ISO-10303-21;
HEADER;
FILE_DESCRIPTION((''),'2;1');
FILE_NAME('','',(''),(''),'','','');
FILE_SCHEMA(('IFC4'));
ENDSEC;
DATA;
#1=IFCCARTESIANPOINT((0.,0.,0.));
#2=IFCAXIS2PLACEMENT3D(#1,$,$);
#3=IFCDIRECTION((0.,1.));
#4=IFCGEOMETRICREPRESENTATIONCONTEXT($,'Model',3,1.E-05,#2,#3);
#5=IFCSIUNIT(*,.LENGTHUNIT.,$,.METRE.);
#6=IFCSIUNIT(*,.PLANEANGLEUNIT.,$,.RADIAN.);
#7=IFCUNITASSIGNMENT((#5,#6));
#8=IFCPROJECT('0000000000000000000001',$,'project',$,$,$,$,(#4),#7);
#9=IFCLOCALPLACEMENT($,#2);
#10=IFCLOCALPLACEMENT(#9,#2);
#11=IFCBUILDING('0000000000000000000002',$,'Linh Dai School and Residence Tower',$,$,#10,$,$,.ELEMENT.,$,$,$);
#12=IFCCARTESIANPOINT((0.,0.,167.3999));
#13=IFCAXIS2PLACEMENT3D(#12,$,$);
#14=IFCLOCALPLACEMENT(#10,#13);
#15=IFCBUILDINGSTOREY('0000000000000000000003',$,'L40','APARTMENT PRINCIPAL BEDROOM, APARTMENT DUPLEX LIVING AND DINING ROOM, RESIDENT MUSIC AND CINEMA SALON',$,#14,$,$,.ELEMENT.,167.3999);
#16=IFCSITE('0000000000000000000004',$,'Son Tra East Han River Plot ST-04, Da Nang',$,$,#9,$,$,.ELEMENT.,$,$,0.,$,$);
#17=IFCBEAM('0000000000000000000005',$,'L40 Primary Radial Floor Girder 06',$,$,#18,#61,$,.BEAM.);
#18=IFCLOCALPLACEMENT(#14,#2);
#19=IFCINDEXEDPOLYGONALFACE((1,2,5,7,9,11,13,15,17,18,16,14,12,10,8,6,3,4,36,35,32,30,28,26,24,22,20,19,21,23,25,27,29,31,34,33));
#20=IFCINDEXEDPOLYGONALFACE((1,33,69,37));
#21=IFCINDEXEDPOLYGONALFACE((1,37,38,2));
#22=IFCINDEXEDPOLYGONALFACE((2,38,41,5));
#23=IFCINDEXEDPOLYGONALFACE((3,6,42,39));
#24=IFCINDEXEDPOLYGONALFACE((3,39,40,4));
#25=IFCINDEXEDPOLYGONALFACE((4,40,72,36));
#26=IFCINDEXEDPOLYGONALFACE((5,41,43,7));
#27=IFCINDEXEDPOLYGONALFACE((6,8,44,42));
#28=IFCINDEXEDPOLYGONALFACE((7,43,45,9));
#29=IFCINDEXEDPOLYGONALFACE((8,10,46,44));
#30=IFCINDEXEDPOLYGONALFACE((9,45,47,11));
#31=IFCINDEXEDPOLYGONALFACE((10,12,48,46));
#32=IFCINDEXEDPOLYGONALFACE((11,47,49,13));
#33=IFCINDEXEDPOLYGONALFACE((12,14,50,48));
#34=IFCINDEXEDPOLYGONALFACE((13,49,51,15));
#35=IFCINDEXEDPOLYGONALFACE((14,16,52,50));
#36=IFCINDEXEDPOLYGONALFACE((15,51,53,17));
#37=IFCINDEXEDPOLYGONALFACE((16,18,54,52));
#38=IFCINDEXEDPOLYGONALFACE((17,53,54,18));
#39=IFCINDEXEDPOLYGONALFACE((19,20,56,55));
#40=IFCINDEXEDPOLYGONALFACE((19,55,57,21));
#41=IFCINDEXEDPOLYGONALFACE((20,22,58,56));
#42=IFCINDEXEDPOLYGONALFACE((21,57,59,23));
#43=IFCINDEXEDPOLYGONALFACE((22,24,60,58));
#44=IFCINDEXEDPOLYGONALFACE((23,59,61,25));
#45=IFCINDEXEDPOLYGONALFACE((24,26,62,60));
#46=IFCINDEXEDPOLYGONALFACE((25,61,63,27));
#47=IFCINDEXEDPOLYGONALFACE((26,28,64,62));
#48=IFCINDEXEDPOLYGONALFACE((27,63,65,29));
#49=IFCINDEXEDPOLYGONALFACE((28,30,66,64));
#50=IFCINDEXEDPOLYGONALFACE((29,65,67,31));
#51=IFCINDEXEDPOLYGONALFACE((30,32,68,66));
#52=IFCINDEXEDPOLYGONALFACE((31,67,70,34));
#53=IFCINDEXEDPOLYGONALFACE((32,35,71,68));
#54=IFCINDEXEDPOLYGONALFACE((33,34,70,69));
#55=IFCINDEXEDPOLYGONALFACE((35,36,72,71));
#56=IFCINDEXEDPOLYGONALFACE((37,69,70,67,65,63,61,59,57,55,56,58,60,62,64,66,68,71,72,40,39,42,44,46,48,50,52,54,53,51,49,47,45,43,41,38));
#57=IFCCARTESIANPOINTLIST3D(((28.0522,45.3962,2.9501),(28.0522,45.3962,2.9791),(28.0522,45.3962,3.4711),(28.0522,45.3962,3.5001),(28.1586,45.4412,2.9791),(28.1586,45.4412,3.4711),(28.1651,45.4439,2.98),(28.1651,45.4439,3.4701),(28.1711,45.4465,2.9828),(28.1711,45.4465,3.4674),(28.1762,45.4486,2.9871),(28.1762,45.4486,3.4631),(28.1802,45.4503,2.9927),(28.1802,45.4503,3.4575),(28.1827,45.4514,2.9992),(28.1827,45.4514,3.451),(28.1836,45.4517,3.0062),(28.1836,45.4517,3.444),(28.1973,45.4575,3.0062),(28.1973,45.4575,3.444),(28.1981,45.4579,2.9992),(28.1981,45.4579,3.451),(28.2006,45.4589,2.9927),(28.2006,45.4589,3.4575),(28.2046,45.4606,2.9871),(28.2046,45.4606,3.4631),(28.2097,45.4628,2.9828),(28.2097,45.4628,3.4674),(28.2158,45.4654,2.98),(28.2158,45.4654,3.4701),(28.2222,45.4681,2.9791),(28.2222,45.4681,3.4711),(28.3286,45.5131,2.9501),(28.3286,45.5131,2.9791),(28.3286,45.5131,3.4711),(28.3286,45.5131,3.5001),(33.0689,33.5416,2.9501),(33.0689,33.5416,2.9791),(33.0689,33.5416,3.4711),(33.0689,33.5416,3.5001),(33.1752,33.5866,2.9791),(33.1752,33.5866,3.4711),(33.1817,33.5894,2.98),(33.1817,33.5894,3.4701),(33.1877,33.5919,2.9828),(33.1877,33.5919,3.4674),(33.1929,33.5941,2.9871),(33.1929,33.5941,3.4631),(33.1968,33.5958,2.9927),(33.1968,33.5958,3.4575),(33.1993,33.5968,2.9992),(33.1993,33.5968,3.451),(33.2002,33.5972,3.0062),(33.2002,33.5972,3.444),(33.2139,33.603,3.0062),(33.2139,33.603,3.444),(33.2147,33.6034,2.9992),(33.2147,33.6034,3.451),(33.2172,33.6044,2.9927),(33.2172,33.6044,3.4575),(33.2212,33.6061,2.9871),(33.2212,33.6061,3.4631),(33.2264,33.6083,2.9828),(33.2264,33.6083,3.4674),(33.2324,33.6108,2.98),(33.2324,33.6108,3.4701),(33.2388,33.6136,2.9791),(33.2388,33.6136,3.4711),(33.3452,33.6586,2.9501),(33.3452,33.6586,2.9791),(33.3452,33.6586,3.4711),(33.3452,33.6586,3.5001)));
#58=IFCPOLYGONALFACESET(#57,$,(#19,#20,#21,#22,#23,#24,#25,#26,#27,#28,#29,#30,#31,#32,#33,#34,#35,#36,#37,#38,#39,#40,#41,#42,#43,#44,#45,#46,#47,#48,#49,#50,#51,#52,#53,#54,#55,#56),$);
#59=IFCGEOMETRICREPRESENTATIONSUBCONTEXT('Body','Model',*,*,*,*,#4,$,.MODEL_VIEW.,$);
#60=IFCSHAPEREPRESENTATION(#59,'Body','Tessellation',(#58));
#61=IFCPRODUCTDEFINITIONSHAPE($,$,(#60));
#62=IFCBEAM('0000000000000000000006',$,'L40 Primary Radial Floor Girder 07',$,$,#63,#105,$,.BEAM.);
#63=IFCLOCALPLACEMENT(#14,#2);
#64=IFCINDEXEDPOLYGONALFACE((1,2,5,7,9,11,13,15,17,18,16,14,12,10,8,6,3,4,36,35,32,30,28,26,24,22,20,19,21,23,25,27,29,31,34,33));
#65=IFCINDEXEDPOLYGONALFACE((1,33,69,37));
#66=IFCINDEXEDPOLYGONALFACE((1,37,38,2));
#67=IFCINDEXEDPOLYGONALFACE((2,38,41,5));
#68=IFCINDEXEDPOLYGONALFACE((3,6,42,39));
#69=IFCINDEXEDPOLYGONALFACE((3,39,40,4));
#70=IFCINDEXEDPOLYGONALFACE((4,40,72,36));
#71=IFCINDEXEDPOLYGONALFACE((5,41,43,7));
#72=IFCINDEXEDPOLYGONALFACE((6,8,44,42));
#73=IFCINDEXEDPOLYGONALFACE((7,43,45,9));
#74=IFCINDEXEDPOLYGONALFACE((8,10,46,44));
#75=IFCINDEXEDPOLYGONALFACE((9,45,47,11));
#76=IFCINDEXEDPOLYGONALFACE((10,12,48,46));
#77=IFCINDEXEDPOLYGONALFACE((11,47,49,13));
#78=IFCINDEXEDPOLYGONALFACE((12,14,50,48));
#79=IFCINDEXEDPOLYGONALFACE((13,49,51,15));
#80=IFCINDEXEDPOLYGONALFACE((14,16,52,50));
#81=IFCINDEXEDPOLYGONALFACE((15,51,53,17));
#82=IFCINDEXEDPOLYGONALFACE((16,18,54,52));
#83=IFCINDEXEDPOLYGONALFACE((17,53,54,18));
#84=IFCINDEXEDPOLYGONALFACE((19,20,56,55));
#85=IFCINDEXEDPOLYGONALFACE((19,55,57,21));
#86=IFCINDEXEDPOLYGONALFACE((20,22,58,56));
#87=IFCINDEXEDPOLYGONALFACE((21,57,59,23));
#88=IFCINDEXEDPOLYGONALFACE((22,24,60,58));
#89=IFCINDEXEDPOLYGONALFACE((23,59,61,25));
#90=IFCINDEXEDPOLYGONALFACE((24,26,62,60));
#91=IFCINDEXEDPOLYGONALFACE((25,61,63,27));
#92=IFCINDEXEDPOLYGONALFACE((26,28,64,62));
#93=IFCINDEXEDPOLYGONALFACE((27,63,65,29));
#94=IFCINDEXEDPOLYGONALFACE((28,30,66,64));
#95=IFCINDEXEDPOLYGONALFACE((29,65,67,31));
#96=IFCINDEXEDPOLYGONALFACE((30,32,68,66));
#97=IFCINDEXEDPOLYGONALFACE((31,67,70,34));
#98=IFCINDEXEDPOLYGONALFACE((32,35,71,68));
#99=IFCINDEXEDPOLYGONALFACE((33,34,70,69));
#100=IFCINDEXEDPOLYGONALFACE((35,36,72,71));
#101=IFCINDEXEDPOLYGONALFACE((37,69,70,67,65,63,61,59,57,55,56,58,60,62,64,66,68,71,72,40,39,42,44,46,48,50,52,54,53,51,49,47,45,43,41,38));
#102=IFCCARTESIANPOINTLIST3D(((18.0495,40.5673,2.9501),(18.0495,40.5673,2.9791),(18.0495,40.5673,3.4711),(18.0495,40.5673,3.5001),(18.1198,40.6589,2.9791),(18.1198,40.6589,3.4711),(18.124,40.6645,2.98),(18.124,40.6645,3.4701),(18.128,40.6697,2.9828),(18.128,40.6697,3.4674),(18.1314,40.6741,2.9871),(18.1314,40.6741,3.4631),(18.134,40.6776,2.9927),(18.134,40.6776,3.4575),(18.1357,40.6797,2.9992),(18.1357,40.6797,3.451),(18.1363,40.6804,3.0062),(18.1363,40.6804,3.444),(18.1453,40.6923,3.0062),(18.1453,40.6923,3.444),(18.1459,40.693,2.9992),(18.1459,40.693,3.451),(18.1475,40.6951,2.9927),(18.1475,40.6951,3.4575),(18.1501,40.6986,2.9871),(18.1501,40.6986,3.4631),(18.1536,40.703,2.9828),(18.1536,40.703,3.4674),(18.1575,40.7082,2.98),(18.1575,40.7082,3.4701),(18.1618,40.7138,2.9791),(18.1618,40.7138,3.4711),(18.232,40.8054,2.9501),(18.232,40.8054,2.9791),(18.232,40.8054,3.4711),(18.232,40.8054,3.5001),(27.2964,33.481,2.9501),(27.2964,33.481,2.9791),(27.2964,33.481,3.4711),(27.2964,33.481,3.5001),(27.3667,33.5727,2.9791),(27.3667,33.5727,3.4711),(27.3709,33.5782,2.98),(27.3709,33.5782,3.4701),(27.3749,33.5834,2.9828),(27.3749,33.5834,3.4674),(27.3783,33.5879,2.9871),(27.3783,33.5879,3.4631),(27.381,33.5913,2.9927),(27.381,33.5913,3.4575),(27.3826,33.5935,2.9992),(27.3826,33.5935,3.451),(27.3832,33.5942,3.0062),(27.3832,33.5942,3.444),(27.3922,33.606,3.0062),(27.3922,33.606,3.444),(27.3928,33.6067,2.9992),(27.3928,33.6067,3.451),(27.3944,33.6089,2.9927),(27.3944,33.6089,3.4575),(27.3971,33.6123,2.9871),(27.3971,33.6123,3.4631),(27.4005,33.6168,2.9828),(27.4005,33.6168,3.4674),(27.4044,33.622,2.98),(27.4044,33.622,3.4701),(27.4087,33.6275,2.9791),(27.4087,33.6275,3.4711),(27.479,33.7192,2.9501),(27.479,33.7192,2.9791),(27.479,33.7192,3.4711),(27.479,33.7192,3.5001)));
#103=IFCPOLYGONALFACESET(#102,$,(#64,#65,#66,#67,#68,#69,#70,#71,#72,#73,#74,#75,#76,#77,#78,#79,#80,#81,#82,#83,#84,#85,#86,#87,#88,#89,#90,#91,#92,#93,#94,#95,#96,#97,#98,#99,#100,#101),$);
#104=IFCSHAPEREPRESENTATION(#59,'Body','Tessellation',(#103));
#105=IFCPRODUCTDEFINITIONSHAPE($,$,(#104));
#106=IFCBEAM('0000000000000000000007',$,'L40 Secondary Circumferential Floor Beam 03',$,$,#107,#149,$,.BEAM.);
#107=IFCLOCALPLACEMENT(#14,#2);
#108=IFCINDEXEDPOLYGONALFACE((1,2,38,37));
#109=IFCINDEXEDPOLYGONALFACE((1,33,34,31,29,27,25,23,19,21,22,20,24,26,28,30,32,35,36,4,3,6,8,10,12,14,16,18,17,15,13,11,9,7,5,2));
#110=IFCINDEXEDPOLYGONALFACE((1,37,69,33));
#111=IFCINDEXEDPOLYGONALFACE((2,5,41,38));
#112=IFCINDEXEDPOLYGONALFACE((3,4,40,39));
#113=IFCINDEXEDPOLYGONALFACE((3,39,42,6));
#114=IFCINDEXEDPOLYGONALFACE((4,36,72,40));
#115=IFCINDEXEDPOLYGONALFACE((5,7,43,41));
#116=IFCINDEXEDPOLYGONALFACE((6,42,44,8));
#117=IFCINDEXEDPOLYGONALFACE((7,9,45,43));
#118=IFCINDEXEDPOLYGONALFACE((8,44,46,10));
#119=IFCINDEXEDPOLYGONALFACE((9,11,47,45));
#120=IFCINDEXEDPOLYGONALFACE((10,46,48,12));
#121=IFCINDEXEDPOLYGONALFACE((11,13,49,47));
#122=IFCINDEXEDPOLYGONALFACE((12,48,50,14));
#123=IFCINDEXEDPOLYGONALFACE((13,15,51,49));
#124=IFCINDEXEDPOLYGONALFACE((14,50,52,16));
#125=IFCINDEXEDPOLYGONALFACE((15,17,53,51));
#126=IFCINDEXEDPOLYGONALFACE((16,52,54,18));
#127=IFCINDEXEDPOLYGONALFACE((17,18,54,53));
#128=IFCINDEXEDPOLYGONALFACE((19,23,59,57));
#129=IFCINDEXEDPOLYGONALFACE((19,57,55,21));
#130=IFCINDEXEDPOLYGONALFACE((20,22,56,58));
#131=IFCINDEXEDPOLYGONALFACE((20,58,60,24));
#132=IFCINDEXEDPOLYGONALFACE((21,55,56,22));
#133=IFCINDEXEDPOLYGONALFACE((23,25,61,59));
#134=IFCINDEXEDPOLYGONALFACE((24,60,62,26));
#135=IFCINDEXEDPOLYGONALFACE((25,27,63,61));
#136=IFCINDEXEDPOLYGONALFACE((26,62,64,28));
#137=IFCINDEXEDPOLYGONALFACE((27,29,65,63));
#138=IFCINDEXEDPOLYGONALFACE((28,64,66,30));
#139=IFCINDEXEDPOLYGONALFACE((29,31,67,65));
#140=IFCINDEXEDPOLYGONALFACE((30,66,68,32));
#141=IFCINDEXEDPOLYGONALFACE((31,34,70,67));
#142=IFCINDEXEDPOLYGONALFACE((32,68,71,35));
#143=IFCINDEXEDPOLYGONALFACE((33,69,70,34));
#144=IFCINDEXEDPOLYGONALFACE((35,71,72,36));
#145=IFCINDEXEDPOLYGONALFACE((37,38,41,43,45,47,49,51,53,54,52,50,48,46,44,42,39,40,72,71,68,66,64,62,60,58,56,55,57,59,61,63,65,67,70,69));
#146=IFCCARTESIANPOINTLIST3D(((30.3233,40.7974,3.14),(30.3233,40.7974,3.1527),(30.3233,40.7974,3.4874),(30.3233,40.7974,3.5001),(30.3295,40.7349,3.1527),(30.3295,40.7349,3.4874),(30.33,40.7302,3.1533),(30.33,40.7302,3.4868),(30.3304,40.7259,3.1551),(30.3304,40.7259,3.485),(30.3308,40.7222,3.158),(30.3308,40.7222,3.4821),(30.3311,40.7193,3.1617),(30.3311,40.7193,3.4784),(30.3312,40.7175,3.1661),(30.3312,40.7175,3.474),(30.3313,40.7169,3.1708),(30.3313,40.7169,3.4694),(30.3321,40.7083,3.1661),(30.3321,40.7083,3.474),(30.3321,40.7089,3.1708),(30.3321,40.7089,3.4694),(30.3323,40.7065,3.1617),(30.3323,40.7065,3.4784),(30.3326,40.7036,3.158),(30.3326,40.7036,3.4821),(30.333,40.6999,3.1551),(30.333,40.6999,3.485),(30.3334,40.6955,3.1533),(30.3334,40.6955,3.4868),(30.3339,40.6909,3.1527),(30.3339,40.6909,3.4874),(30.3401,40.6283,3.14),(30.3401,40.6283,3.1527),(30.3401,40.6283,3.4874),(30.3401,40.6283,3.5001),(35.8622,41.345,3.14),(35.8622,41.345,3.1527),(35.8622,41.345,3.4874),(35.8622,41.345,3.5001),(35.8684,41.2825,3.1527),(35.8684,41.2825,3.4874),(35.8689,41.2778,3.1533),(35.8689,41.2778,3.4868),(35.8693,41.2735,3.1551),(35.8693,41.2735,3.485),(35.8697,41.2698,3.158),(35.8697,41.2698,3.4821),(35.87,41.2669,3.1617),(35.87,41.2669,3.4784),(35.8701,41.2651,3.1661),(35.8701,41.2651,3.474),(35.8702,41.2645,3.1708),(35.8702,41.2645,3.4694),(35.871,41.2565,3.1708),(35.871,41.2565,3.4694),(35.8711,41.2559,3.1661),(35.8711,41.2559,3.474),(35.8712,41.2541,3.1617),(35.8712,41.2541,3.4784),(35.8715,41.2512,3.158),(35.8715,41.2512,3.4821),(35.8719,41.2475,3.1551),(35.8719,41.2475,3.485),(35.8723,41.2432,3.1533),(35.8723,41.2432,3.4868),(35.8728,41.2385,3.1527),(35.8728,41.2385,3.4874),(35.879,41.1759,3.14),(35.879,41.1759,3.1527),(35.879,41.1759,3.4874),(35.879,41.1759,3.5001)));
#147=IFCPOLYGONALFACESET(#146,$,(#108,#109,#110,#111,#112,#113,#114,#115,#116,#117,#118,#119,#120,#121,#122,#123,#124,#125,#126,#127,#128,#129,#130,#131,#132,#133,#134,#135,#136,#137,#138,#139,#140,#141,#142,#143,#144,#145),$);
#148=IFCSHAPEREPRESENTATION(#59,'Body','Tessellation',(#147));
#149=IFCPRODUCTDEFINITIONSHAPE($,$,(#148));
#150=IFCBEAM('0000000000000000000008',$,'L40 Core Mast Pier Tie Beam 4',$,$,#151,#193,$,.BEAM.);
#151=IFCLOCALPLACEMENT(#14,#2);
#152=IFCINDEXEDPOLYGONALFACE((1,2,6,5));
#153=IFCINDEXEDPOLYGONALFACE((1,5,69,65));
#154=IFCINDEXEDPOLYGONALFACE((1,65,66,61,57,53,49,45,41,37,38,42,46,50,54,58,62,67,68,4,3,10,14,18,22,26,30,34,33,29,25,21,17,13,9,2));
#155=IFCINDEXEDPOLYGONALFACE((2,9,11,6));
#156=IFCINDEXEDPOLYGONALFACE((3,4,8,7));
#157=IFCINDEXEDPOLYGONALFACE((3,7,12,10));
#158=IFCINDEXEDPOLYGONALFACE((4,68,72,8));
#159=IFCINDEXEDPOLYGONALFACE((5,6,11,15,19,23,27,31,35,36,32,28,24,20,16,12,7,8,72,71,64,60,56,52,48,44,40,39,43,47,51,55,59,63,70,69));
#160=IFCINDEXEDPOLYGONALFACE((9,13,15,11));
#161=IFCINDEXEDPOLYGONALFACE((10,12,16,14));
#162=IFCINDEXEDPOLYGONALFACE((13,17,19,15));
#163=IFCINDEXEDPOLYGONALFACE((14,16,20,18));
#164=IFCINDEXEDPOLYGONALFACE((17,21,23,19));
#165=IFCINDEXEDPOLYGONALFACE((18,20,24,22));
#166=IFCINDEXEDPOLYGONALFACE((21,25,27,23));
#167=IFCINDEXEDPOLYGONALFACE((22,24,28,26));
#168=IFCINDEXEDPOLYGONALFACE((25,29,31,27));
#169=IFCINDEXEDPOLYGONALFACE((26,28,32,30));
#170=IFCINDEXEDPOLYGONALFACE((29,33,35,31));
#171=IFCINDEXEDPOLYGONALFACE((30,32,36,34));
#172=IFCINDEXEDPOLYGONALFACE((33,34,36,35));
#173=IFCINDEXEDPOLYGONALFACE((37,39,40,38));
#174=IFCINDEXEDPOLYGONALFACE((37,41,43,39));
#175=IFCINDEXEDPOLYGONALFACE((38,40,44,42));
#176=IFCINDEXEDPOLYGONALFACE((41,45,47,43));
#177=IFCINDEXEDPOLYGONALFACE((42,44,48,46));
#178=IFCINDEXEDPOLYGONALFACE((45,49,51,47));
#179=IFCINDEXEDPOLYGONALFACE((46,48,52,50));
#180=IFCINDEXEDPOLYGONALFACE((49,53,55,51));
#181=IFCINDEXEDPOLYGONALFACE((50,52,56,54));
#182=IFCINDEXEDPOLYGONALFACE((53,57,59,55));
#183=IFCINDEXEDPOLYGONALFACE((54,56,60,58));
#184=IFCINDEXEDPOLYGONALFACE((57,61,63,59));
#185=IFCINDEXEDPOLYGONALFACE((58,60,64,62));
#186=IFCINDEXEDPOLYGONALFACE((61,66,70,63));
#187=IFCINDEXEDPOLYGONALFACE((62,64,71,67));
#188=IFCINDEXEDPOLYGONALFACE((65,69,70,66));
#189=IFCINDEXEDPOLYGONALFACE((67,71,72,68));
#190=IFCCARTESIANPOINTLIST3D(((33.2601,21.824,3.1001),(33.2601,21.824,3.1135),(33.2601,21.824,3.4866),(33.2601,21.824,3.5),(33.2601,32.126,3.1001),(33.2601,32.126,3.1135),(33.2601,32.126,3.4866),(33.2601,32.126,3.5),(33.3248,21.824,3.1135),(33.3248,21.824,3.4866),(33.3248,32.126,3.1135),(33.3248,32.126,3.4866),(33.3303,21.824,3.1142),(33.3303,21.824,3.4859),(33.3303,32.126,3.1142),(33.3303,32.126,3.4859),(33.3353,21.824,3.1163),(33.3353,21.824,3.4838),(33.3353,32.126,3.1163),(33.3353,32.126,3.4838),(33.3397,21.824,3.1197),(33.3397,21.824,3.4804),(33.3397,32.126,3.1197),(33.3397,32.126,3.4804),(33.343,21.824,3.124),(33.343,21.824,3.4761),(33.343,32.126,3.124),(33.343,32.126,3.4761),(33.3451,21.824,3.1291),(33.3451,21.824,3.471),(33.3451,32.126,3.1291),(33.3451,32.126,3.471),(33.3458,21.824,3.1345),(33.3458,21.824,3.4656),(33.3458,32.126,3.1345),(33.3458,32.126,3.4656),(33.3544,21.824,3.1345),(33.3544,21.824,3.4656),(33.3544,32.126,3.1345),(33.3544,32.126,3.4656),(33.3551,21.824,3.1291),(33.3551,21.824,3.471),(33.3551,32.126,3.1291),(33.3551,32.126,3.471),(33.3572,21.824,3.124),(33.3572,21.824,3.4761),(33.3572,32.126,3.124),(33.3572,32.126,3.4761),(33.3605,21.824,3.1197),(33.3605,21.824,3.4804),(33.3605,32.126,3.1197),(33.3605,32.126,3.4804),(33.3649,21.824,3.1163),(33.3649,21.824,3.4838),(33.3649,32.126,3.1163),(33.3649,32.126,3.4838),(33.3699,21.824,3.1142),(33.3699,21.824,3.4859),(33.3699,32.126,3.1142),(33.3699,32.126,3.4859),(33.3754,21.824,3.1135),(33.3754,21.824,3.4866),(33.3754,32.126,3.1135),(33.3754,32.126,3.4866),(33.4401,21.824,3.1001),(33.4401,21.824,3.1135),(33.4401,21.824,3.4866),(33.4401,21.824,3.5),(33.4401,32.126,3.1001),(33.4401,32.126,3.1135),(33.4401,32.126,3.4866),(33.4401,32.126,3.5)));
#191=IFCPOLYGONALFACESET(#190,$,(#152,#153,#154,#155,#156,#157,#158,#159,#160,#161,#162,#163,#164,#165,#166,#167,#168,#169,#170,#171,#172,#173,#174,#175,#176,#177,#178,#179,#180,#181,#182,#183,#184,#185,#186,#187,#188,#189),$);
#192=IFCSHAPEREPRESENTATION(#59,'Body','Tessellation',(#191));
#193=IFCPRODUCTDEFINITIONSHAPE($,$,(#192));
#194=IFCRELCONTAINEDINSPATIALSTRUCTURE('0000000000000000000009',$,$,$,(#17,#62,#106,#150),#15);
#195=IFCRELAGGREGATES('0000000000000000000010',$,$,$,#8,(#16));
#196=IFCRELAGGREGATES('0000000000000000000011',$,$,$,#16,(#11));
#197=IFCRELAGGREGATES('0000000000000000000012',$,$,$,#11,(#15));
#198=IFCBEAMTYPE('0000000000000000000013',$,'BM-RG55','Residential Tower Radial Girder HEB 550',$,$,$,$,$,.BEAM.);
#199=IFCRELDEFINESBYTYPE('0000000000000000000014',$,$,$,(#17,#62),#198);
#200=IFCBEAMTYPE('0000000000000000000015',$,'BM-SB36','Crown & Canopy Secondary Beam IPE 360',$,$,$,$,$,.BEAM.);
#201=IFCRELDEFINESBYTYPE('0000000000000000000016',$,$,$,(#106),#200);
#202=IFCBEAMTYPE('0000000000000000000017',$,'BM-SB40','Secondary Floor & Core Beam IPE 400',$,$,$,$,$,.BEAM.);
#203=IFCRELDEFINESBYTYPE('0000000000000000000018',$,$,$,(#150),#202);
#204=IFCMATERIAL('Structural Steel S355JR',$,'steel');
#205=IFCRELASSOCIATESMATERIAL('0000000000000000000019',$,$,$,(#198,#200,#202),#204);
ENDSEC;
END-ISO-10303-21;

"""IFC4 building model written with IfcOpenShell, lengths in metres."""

from ifc_helpers import new_model, si_unit, direction, frame, origin, origin_2d, place, context, subcontext, project, spatial, i_section, extrude, material, material_profile, profile_set, type_object, element, save


model = new_model("IFC4")

# Units and contexts
model_context = context("Model", 3, precision=1e-05, world=origin(), true_north=direction((0.0, 1.0)))
body_context = subcontext(model_context, "Body", "Model", "MODEL_VIEW")
ifc_project = project(units=[si_unit("LENGTHUNIT", "METRE"), si_unit("PLANEANGLEUNIT", "RADIAN")], contexts=[model_context])

# Site, building, storey
site_placement = place(None, origin())
site = spatial("IfcSite", under=ifc_project, at=site_placement, Name="Son Tra East Han River Plot ST-04, Da Nang", CompositionType="ELEMENT", RefElevation=0.0)
building_placement = place(site_placement, origin())
building = spatial("IfcBuilding", under=site, at=building_placement, Name="Linh Dai School and Residence Tower", CompositionType="ELEMENT")
storey_placement = place(building_placement, frame((0.0, 0.0, 167.3999)))
storey = spatial("IfcBuildingStorey", under=building, at=storey_placement, Name="L40", Description="APARTMENT PRINCIPAL BEDROOM, APARTMENT DUPLEX LIVING AND DINING ROOM, RESIDENT MUSIC AND CINEMA SALON", CompositionType="ELEMENT", Elevation=167.3999)

# Shared definitions
ifc_material_1 = material(Name="Structural Steel S355JR", Category="steel")

# Beams
ifc_material_profile_1 = material_profile(ifc_material_1, i_section(OverallWidth=0.3, OverallDepth=0.55, WebThickness=0.0149, FlangeThickness=0.0291, FilletRadius=0.0271, at=origin_2d()), Name="HEB 550")
ifc_profile_set_1 = profile_set([ifc_material_profile_1], Name="Structural Steel S355JR")
beam_type_1 = type_object("IfcBeamType", Name="BM-RG55", Description="Residential Tower Radial Girder HEB 550", PredefinedType="BEAM", material=ifc_profile_set_1)
beam_1_placement = place(storey_placement, frame((33.207, 33.6001, 3.2251), z_axis=(-0.389722, 0.920933, 0.0), x_axis=(-0.920933, -0.389722, 0.0)))
element("IfcBeam", 1, at=beam_1_placement, inside=storey, type_object=beam_type_1, Name="L40 Primary Radial Floor Girder 06", PredefinedType="BEAM", context=body_context, shape_type="SweptSolid", body=[
    extrude(i_section(OverallWidth=0.3, OverallDepth=0.55, WebThickness=0.0149, FlangeThickness=0.0291, FilletRadius=0.0271, at=origin_2d()), origin(), (0.0, 0.0, 1.0), 12.8723),
])
beam_2_placement = place(storey_placement, frame((27.3877, 33.6001, 3.2251), z_axis=(-0.793733, 0.608267, 0.0), x_axis=(-0.608267, -0.793733, 0.0)))
element("IfcBeam", 2, at=beam_2_placement, inside=storey, type_object=beam_type_1, Name="L40 Primary Radial Floor Girder 07", PredefinedType="BEAM", context=body_context, shape_type="SweptSolid", body=[
    extrude(i_section(OverallWidth=0.3, OverallDepth=0.55, WebThickness=0.0149, FlangeThickness=0.0291, FilletRadius=0.0271, at=origin_2d()), origin(), (0.0, 0.0, 1.0), 11.6499),
])
ifc_material_profile_2 = material_profile(ifc_material_1, i_section(OverallWidth=0.1699, OverallDepth=0.3601, WebThickness=0.0081, FlangeThickness=0.0127, FilletRadius=0.0181, at=origin_2d()), Name="IPE 360")
ifc_profile_set_2 = profile_set([ifc_material_profile_2], Name="Structural Steel S355JR")
beam_type_2 = type_object("IfcBeamType", Name="BM-SB36", Description="Crown & Canopy Secondary Beam IPE 360", PredefinedType="BEAM", material=ifc_profile_set_2)
beam_3_placement = place(storey_placement, frame((35.8706, 41.2605, 3.3201), z_axis=(-0.995148, -0.098388, 0.0), x_axis=(0.098388, -0.995148, 0.0)))
element("IfcBeam", 3, at=beam_3_placement, inside=storey, type_object=beam_type_2, Name="L40 Secondary Circumferential Floor Beam 03", PredefinedType="BEAM", context=body_context, shape_type="SweptSolid", body=[
    extrude(i_section(OverallWidth=0.1699, OverallDepth=0.3601, WebThickness=0.0081, FlangeThickness=0.0127, FilletRadius=0.0181, at=origin_2d()), origin(), (0.0, 0.0, 1.0), 5.5659),
])
ifc_material_profile_3 = material_profile(ifc_material_1, i_section(OverallWidth=0.1799, OverallDepth=0.3999, WebThickness=0.0085, FlangeThickness=0.0134, FilletRadius=0.021, at=origin_2d()), Name="IPE 400")
ifc_profile_set_3 = profile_set([ifc_material_profile_3], Name="Structural Steel S355JR")
beam_type_3 = type_object("IfcBeamType", Name="BM-SB40", Description="Secondary Floor & Core Beam IPE 400", PredefinedType="BEAM", material=ifc_profile_set_3)
beam_4_placement = place(storey_placement, frame((33.3501, 32.126, 3.3), z_axis=(0.0, -1.0, 0.0), x_axis=(1.0, 0.0, 0.0)))
element("IfcBeam", 4, at=beam_4_placement, inside=storey, type_object=beam_type_3, Name="L40 Core Mast Pier Tie Beam 4", PredefinedType="BEAM", context=body_context, shape_type="SweptSolid", body=[
    extrude(i_section(OverallWidth=0.1799, OverallDepth=0.3999, WebThickness=0.0085, FlangeThickness=0.0134, FilletRadius=0.021, at=origin_2d()), origin(), (0.0, 0.0, 1.0), 10.302),
])

save(model, "model.ifc")
